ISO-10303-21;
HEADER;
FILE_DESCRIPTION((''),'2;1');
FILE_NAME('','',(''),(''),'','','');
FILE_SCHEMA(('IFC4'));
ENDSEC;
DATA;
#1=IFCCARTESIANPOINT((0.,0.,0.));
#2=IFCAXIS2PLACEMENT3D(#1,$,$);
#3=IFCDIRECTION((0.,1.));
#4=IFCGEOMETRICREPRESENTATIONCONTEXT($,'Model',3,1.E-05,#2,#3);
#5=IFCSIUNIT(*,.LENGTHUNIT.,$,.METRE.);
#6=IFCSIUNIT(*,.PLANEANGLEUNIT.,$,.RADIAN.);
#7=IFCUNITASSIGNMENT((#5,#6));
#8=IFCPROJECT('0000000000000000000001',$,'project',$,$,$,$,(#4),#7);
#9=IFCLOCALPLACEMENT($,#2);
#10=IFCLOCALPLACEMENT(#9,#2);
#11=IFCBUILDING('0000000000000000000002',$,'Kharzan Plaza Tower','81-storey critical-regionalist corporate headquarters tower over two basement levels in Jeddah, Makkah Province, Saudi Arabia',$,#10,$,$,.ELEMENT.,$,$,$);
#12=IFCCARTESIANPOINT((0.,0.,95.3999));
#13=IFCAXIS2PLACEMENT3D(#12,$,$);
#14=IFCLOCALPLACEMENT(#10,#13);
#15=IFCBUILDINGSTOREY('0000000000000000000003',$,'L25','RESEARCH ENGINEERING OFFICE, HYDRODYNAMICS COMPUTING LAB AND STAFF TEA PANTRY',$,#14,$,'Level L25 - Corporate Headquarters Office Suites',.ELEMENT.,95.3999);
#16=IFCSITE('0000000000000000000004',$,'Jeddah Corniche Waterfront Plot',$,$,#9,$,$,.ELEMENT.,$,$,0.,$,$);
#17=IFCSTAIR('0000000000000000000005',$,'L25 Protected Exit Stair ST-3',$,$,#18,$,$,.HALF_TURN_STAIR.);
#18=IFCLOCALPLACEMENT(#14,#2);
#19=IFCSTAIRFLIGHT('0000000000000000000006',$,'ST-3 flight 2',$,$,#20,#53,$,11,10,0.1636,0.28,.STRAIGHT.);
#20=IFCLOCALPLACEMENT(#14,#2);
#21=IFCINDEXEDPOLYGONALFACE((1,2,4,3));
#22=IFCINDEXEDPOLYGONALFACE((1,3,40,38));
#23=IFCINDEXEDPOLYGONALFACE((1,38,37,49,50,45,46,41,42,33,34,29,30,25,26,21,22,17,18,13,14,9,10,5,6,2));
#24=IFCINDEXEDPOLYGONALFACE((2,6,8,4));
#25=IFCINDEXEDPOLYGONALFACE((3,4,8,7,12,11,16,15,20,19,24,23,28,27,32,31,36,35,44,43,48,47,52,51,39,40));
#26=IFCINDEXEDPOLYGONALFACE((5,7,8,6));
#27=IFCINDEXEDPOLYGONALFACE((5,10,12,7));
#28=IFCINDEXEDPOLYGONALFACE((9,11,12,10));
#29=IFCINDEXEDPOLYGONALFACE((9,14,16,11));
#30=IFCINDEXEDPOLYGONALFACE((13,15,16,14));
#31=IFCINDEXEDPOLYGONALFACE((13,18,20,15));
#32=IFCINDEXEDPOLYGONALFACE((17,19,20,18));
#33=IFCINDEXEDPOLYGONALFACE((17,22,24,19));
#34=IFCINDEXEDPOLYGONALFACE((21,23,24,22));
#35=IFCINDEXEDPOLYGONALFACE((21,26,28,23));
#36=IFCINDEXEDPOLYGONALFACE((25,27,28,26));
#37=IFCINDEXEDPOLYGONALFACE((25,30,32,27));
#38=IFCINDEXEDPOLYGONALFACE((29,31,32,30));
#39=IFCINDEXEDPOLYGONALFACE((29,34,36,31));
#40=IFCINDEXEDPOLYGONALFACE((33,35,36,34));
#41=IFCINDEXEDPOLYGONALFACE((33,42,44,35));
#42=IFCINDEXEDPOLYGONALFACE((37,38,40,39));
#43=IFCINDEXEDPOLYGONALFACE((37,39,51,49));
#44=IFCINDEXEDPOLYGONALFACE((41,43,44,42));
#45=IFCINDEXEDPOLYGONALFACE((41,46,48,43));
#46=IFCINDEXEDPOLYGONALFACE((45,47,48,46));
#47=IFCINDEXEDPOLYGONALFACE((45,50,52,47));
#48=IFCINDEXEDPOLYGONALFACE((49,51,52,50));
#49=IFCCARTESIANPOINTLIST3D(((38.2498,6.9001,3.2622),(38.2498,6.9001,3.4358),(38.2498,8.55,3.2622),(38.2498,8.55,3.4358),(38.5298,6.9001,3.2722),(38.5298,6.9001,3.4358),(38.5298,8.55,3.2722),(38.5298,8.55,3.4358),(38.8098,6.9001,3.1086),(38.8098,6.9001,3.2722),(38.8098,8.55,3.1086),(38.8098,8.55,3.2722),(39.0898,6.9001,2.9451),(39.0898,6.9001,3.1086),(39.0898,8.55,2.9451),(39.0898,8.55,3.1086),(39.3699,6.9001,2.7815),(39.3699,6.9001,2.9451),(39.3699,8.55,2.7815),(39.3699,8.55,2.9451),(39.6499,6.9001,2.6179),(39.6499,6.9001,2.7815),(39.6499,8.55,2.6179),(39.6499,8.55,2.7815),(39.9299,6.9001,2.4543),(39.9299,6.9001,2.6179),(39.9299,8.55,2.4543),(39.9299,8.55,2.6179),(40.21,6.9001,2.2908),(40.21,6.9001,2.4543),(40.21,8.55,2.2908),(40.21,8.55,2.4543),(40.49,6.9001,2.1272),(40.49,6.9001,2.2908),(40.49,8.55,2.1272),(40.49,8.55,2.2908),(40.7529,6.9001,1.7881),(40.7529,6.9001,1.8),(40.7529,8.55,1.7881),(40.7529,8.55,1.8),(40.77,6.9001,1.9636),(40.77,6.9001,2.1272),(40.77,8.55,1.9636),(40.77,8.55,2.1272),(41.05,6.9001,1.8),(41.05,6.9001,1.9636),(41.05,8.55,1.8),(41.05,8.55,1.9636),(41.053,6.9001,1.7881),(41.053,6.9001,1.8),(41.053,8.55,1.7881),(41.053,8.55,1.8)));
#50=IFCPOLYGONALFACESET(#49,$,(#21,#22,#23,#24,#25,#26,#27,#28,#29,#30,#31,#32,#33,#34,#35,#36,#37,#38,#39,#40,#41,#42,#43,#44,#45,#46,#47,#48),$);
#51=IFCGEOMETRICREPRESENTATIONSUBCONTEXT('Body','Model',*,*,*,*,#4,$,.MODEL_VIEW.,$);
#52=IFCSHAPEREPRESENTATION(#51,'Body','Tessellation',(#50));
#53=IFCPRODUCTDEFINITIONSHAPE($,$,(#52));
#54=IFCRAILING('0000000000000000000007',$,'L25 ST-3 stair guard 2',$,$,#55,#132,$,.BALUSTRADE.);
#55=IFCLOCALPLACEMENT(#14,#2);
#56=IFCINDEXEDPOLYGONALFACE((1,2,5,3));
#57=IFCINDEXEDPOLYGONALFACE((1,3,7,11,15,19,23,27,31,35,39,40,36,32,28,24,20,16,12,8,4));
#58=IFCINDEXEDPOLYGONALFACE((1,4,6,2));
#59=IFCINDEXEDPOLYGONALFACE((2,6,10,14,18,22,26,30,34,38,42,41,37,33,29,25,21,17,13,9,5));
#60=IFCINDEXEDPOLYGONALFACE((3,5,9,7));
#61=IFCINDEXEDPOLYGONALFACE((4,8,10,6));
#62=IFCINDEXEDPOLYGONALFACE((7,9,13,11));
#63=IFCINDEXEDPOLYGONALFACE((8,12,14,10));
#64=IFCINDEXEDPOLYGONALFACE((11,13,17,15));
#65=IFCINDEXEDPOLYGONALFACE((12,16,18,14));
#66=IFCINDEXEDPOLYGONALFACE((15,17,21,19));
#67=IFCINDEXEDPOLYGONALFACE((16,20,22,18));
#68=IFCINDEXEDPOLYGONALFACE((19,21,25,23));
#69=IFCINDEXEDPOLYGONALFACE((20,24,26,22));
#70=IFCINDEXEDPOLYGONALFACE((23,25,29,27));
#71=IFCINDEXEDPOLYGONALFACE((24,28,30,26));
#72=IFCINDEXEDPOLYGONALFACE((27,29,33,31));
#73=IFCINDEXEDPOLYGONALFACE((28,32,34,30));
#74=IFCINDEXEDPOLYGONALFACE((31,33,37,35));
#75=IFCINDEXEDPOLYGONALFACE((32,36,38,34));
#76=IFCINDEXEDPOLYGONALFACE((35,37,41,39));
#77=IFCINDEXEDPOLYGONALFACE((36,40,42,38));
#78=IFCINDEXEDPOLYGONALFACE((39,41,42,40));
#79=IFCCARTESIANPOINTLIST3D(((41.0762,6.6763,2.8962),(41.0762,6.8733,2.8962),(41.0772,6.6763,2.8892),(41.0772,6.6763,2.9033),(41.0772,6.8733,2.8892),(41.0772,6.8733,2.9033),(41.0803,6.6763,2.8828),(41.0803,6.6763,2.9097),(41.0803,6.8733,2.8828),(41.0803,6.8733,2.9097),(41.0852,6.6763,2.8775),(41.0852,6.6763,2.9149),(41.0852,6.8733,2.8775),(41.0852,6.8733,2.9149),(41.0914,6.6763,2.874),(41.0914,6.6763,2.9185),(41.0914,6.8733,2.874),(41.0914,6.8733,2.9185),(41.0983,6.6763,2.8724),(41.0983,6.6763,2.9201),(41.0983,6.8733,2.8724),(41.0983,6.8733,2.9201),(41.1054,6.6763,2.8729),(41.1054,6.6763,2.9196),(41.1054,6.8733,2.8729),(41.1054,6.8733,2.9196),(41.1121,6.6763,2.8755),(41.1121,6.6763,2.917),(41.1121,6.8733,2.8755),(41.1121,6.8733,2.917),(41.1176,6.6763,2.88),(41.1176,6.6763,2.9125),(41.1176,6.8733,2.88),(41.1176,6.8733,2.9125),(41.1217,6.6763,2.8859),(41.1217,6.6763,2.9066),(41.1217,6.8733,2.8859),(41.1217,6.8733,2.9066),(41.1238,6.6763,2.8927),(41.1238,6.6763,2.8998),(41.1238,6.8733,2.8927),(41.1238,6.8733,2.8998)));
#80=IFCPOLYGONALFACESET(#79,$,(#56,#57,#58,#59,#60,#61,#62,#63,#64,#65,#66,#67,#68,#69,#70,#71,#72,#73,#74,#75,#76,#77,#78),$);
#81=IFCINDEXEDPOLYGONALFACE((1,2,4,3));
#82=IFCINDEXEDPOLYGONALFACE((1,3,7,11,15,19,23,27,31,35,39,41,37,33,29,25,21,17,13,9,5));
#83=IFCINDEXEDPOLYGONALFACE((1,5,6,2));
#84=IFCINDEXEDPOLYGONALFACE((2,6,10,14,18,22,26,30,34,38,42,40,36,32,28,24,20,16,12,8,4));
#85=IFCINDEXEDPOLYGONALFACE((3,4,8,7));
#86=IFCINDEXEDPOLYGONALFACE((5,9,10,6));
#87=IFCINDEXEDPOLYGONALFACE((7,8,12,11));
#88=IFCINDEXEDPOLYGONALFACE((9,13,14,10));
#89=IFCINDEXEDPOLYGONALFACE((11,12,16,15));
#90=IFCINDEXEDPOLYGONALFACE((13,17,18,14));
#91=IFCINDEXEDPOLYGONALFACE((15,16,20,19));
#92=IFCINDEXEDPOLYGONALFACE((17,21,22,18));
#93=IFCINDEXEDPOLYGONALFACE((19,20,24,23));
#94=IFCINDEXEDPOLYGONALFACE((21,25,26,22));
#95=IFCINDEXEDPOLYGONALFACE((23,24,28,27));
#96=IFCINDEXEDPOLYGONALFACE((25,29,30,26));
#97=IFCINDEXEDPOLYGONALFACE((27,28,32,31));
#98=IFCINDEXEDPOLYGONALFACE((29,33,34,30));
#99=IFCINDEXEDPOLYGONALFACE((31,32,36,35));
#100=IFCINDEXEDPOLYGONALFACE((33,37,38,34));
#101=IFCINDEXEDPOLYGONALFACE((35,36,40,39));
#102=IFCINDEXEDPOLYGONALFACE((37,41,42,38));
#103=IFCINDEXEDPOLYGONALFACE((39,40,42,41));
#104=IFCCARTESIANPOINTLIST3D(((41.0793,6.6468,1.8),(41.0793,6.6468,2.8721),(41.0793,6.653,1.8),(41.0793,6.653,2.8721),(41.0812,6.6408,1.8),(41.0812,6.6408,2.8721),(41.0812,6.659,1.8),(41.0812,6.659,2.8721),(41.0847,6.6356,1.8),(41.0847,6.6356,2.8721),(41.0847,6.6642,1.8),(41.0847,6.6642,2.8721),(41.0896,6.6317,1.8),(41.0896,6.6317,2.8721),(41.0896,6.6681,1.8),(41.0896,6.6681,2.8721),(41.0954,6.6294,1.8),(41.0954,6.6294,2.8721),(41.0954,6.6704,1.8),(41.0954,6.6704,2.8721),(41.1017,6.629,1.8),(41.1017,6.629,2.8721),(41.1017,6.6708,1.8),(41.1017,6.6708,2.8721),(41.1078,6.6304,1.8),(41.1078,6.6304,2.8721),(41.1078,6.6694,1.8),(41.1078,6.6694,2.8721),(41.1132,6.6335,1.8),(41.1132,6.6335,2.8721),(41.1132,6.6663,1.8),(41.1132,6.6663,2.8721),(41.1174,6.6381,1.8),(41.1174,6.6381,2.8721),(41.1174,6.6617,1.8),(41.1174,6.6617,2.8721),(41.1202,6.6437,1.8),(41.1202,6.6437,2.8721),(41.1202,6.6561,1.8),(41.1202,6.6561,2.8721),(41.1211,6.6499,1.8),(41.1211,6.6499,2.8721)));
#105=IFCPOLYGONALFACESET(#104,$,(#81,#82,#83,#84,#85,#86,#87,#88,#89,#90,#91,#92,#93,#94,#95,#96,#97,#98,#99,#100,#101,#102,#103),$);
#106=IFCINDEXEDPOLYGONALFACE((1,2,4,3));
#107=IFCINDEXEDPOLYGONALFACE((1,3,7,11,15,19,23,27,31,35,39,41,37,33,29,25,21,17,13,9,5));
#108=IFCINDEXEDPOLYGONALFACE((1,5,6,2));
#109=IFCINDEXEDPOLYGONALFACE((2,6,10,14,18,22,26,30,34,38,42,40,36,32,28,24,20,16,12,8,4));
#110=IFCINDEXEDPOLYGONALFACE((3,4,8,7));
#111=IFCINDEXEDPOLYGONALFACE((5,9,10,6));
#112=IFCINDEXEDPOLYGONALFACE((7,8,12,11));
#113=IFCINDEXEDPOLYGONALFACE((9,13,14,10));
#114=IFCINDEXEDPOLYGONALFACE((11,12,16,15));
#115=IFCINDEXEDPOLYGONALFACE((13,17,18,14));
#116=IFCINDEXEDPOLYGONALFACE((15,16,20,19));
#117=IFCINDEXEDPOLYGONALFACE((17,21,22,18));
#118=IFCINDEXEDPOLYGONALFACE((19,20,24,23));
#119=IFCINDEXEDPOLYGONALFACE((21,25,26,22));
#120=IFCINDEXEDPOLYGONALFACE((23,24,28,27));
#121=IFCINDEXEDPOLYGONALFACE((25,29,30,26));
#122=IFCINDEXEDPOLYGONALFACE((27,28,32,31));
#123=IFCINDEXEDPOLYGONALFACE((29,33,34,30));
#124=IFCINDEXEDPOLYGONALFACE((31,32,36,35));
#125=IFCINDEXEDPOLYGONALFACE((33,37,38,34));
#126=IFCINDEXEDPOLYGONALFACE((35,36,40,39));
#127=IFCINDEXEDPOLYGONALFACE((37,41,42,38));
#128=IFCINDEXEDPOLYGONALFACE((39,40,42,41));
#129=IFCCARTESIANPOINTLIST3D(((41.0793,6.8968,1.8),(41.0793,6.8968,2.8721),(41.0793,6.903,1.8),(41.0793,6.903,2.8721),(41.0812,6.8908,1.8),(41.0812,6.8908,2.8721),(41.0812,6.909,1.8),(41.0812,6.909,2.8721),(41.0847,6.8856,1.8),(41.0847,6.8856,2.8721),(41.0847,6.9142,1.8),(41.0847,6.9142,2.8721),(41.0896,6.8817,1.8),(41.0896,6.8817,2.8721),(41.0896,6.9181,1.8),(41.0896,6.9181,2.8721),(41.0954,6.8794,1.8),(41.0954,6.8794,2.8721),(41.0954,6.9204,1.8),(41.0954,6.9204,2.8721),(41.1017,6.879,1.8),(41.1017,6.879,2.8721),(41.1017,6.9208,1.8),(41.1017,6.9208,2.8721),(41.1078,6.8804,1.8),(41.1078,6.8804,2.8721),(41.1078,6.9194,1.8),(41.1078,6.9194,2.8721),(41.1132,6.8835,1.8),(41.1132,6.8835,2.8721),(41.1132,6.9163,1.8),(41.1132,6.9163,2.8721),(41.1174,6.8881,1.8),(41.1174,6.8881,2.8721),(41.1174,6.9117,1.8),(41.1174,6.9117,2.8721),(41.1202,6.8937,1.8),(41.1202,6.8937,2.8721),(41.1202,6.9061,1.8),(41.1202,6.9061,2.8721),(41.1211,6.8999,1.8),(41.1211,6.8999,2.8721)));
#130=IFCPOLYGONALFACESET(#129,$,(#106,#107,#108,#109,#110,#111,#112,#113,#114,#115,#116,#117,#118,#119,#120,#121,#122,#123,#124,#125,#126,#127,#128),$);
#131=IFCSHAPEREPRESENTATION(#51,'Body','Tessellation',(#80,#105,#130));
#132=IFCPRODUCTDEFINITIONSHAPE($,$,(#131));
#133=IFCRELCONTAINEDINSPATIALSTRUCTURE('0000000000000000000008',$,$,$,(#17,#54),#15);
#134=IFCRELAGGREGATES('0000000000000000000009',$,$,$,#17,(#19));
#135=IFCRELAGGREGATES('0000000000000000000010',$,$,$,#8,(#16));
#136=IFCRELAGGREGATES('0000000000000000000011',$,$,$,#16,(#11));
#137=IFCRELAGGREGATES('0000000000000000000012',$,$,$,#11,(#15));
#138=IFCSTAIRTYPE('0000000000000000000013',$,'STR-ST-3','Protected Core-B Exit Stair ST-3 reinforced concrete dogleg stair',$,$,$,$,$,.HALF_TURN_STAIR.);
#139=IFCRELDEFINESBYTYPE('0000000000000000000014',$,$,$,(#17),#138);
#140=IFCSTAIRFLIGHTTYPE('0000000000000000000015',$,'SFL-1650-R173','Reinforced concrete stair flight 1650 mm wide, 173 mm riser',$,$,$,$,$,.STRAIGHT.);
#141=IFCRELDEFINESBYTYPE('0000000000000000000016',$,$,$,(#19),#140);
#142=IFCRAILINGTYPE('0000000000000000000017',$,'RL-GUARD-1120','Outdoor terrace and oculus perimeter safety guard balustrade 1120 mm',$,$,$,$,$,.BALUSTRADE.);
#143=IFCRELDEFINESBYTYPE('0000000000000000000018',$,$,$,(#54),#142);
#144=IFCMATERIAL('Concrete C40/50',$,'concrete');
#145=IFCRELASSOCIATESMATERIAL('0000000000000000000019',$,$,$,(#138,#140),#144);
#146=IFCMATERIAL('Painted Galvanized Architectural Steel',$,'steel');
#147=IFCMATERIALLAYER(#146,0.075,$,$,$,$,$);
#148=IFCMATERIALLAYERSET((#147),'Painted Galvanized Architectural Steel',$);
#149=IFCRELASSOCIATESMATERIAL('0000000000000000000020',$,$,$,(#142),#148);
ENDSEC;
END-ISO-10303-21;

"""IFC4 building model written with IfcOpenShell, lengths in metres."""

from ifc_helpers import new_model, si_unit, direction, frame, origin, origin_2d, place, context, subcontext, project, spatial, polyline, circle, outline, extrude, source, transform, mapped, material, layer, layer_set, type_object, element, aggregate, save


model = new_model("IFC4")

# Units and contexts
model_context = context("Model", 3, precision=1e-05, world=origin(), true_north=direction((0.0, 1.0)))
body_context = subcontext(model_context, "Body", "Model", "MODEL_VIEW")
ifc_project = project(units=[si_unit("LENGTHUNIT", "METRE"), si_unit("PLANEANGLEUNIT", "RADIAN")], contexts=[model_context])

# Site, building, storey
site_placement = place(None, origin())
site = spatial("IfcSite", under=ifc_project, at=site_placement, Name="Jeddah Corniche Waterfront Plot", CompositionType="ELEMENT", RefElevation=0.0)
building_placement = place(site_placement, origin())
building = spatial("IfcBuilding", under=site, at=building_placement, Name="Kharzan Plaza Tower", Description="81-storey critical-regionalist corporate headquarters tower over two basement levels in Jeddah, Makkah Province, Saudi Arabia", CompositionType="ELEMENT")
storey_placement = place(building_placement, frame((0.0, 0.0, 95.3999)))
storey = spatial("IfcBuildingStorey", under=building, at=storey_placement, Name="L25", Description="RESEARCH ENGINEERING OFFICE, HYDRODYNAMICS COMPUTING LAB AND STAFF TEA PANTRY", LongName="Level L25 - Corporate Headquarters Office Suites", CompositionType="ELEMENT", Elevation=95.3999)

# Shared definitions
ifc_material_1 = material(Name="Concrete C40/50", Category="concrete")

# Stair, stair flight
stair_type = type_object("IfcStairType", Name="STR-ST-3", Description="Protected Core-B Exit Stair ST-3 reinforced concrete dogleg stair", PredefinedType="HALF_TURN_STAIR", material=ifc_material_1)
stair_placement = place(storey_placement, origin())
stair = element("IfcStair", 1, at=stair_placement, inside=storey, type_object=stair_type, Name="L25 Protected Exit Stair ST-3", PredefinedType="HALF_TURN_STAIR")
stair_flight_type = type_object("IfcStairFlightType", Name="SFL-1650-R173", Description="Reinforced concrete stair flight 1650 mm wide, 173 mm riser", PredefinedType="STRAIGHT", material=ifc_material_1)
shared_shape_1 = source(origin(), body_context, "Body", "SweptSolid", [
    extrude(outline(polyline([(-0.0029, -0.012), (-0.0029, 0.0), (0.0, 0.0), (0.0, 0.1636), (0.28, 0.1636), (0.28, 0.3271), (0.5601, 0.3271), (0.5601, 0.4907), (0.8401, 0.4907), (0.8401, 0.6543), (1.1201, 0.6543), (1.1201, 0.8179), (1.4001, 0.8179), (1.4001, 0.9814), (1.6802, 0.9814), (1.6802, 1.145), (1.9602, 1.145), (1.9602, 1.3086), (2.2402, 1.3086), (2.2402, 1.4722), (2.5203, 1.4722), (2.5203, 1.6357), (2.8003, 1.6357), (2.8003, 1.7993), (2.8003, 1.4622), (0.2971, 0.0), (0.2971, -0.012), (-0.0029, -0.012)])), frame((0.0, 0.825, 0.0), z_axis=(0.0, -1.0, 0.0), x_axis=(1.0, 0.0, 0.0)), (0.0, 0.0, 1.0), 1.6499),
])
stair_flight_1_placement = place(storey_placement, frame((41.05, 7.7251, 1.8), z_axis=(0.0, 0.0, 1.0), x_axis=(-1.0, 0.0, 0.0)))
stair_flight_1 = element("IfcStairFlight", 2, at=stair_flight_1_placement, type_object=stair_flight_type, Name="ST-3 flight 2", NumberOfRisers=11, NumberOfTreads=10, PredefinedType="STRAIGHT", RiserHeight=0.1636, TreadLength=0.28, context=body_context, shape_type="MappedRepresentation", body=[
    mapped(shared_shape_1, transform((0.0, 0.0, 0.0), x_axis=(1.0, 0.0, 0.0), y_axis=(0.0, 1.0, 0.0), z_axis=(0.0, 0.0, 1.0))),
])
aggregate(stair, [stair_flight_1])

# Railing
ifc_material_2 = material(Name="Painted Galvanized Architectural Steel", Category="steel")
ifc_layer_1 = layer(ifc_material_2, 0.075)
ifc_layer_set_1 = layer_set([ifc_layer_1], Name="Painted Galvanized Architectural Steel")
railing_type_1 = type_object("IfcRailingType", Name="RL-GUARD-1120", Description="Outdoor terrace and oculus perimeter safety guard balustrade 1120 mm", PredefinedType="BALUSTRADE", material=ifc_layer_set_1)
shared_shape_2 = source(origin(), body_context, "Body", "SweptSolid", [
    extrude(circle(Radius=0.0239, at=origin_2d()), frame((0.0, 0.0264, 1.0962), z_axis=(0.0, 1.0, 0.0), x_axis=(-1.0, 0.0, 0.0)), (0.0, 0.0, 1.0), 0.197),
    extrude(circle(Radius=0.021, at=origin_2d()), origin(), (0.0, 0.0, 1.0), 1.072),
    extrude(circle(Radius=0.021, at=origin_2d()), frame((0.0, 0.25, 0.0)), (0.0, 0.0, 1.0), 1.072),
])
for number, where, name in (
    (3, (41.1001, 6.6499, 1.8), "L25 ST-3 stair guard 2"),
):
    element("IfcRailing", number, at=place(storey_placement, frame(where)), inside=storey, type_object=railing_type_1, Name=name, PredefinedType="BALUSTRADE", context=body_context, shape_type="MappedRepresentation", body=[
        mapped(shared_shape_2, transform((0.0, 0.0, 0.0), x_axis=(1.0, 0.0, 0.0), y_axis=(0.0, 1.0, 0.0), z_axis=(0.0, 0.0, 1.0))),
    ])

save(model, "model.ifc")
